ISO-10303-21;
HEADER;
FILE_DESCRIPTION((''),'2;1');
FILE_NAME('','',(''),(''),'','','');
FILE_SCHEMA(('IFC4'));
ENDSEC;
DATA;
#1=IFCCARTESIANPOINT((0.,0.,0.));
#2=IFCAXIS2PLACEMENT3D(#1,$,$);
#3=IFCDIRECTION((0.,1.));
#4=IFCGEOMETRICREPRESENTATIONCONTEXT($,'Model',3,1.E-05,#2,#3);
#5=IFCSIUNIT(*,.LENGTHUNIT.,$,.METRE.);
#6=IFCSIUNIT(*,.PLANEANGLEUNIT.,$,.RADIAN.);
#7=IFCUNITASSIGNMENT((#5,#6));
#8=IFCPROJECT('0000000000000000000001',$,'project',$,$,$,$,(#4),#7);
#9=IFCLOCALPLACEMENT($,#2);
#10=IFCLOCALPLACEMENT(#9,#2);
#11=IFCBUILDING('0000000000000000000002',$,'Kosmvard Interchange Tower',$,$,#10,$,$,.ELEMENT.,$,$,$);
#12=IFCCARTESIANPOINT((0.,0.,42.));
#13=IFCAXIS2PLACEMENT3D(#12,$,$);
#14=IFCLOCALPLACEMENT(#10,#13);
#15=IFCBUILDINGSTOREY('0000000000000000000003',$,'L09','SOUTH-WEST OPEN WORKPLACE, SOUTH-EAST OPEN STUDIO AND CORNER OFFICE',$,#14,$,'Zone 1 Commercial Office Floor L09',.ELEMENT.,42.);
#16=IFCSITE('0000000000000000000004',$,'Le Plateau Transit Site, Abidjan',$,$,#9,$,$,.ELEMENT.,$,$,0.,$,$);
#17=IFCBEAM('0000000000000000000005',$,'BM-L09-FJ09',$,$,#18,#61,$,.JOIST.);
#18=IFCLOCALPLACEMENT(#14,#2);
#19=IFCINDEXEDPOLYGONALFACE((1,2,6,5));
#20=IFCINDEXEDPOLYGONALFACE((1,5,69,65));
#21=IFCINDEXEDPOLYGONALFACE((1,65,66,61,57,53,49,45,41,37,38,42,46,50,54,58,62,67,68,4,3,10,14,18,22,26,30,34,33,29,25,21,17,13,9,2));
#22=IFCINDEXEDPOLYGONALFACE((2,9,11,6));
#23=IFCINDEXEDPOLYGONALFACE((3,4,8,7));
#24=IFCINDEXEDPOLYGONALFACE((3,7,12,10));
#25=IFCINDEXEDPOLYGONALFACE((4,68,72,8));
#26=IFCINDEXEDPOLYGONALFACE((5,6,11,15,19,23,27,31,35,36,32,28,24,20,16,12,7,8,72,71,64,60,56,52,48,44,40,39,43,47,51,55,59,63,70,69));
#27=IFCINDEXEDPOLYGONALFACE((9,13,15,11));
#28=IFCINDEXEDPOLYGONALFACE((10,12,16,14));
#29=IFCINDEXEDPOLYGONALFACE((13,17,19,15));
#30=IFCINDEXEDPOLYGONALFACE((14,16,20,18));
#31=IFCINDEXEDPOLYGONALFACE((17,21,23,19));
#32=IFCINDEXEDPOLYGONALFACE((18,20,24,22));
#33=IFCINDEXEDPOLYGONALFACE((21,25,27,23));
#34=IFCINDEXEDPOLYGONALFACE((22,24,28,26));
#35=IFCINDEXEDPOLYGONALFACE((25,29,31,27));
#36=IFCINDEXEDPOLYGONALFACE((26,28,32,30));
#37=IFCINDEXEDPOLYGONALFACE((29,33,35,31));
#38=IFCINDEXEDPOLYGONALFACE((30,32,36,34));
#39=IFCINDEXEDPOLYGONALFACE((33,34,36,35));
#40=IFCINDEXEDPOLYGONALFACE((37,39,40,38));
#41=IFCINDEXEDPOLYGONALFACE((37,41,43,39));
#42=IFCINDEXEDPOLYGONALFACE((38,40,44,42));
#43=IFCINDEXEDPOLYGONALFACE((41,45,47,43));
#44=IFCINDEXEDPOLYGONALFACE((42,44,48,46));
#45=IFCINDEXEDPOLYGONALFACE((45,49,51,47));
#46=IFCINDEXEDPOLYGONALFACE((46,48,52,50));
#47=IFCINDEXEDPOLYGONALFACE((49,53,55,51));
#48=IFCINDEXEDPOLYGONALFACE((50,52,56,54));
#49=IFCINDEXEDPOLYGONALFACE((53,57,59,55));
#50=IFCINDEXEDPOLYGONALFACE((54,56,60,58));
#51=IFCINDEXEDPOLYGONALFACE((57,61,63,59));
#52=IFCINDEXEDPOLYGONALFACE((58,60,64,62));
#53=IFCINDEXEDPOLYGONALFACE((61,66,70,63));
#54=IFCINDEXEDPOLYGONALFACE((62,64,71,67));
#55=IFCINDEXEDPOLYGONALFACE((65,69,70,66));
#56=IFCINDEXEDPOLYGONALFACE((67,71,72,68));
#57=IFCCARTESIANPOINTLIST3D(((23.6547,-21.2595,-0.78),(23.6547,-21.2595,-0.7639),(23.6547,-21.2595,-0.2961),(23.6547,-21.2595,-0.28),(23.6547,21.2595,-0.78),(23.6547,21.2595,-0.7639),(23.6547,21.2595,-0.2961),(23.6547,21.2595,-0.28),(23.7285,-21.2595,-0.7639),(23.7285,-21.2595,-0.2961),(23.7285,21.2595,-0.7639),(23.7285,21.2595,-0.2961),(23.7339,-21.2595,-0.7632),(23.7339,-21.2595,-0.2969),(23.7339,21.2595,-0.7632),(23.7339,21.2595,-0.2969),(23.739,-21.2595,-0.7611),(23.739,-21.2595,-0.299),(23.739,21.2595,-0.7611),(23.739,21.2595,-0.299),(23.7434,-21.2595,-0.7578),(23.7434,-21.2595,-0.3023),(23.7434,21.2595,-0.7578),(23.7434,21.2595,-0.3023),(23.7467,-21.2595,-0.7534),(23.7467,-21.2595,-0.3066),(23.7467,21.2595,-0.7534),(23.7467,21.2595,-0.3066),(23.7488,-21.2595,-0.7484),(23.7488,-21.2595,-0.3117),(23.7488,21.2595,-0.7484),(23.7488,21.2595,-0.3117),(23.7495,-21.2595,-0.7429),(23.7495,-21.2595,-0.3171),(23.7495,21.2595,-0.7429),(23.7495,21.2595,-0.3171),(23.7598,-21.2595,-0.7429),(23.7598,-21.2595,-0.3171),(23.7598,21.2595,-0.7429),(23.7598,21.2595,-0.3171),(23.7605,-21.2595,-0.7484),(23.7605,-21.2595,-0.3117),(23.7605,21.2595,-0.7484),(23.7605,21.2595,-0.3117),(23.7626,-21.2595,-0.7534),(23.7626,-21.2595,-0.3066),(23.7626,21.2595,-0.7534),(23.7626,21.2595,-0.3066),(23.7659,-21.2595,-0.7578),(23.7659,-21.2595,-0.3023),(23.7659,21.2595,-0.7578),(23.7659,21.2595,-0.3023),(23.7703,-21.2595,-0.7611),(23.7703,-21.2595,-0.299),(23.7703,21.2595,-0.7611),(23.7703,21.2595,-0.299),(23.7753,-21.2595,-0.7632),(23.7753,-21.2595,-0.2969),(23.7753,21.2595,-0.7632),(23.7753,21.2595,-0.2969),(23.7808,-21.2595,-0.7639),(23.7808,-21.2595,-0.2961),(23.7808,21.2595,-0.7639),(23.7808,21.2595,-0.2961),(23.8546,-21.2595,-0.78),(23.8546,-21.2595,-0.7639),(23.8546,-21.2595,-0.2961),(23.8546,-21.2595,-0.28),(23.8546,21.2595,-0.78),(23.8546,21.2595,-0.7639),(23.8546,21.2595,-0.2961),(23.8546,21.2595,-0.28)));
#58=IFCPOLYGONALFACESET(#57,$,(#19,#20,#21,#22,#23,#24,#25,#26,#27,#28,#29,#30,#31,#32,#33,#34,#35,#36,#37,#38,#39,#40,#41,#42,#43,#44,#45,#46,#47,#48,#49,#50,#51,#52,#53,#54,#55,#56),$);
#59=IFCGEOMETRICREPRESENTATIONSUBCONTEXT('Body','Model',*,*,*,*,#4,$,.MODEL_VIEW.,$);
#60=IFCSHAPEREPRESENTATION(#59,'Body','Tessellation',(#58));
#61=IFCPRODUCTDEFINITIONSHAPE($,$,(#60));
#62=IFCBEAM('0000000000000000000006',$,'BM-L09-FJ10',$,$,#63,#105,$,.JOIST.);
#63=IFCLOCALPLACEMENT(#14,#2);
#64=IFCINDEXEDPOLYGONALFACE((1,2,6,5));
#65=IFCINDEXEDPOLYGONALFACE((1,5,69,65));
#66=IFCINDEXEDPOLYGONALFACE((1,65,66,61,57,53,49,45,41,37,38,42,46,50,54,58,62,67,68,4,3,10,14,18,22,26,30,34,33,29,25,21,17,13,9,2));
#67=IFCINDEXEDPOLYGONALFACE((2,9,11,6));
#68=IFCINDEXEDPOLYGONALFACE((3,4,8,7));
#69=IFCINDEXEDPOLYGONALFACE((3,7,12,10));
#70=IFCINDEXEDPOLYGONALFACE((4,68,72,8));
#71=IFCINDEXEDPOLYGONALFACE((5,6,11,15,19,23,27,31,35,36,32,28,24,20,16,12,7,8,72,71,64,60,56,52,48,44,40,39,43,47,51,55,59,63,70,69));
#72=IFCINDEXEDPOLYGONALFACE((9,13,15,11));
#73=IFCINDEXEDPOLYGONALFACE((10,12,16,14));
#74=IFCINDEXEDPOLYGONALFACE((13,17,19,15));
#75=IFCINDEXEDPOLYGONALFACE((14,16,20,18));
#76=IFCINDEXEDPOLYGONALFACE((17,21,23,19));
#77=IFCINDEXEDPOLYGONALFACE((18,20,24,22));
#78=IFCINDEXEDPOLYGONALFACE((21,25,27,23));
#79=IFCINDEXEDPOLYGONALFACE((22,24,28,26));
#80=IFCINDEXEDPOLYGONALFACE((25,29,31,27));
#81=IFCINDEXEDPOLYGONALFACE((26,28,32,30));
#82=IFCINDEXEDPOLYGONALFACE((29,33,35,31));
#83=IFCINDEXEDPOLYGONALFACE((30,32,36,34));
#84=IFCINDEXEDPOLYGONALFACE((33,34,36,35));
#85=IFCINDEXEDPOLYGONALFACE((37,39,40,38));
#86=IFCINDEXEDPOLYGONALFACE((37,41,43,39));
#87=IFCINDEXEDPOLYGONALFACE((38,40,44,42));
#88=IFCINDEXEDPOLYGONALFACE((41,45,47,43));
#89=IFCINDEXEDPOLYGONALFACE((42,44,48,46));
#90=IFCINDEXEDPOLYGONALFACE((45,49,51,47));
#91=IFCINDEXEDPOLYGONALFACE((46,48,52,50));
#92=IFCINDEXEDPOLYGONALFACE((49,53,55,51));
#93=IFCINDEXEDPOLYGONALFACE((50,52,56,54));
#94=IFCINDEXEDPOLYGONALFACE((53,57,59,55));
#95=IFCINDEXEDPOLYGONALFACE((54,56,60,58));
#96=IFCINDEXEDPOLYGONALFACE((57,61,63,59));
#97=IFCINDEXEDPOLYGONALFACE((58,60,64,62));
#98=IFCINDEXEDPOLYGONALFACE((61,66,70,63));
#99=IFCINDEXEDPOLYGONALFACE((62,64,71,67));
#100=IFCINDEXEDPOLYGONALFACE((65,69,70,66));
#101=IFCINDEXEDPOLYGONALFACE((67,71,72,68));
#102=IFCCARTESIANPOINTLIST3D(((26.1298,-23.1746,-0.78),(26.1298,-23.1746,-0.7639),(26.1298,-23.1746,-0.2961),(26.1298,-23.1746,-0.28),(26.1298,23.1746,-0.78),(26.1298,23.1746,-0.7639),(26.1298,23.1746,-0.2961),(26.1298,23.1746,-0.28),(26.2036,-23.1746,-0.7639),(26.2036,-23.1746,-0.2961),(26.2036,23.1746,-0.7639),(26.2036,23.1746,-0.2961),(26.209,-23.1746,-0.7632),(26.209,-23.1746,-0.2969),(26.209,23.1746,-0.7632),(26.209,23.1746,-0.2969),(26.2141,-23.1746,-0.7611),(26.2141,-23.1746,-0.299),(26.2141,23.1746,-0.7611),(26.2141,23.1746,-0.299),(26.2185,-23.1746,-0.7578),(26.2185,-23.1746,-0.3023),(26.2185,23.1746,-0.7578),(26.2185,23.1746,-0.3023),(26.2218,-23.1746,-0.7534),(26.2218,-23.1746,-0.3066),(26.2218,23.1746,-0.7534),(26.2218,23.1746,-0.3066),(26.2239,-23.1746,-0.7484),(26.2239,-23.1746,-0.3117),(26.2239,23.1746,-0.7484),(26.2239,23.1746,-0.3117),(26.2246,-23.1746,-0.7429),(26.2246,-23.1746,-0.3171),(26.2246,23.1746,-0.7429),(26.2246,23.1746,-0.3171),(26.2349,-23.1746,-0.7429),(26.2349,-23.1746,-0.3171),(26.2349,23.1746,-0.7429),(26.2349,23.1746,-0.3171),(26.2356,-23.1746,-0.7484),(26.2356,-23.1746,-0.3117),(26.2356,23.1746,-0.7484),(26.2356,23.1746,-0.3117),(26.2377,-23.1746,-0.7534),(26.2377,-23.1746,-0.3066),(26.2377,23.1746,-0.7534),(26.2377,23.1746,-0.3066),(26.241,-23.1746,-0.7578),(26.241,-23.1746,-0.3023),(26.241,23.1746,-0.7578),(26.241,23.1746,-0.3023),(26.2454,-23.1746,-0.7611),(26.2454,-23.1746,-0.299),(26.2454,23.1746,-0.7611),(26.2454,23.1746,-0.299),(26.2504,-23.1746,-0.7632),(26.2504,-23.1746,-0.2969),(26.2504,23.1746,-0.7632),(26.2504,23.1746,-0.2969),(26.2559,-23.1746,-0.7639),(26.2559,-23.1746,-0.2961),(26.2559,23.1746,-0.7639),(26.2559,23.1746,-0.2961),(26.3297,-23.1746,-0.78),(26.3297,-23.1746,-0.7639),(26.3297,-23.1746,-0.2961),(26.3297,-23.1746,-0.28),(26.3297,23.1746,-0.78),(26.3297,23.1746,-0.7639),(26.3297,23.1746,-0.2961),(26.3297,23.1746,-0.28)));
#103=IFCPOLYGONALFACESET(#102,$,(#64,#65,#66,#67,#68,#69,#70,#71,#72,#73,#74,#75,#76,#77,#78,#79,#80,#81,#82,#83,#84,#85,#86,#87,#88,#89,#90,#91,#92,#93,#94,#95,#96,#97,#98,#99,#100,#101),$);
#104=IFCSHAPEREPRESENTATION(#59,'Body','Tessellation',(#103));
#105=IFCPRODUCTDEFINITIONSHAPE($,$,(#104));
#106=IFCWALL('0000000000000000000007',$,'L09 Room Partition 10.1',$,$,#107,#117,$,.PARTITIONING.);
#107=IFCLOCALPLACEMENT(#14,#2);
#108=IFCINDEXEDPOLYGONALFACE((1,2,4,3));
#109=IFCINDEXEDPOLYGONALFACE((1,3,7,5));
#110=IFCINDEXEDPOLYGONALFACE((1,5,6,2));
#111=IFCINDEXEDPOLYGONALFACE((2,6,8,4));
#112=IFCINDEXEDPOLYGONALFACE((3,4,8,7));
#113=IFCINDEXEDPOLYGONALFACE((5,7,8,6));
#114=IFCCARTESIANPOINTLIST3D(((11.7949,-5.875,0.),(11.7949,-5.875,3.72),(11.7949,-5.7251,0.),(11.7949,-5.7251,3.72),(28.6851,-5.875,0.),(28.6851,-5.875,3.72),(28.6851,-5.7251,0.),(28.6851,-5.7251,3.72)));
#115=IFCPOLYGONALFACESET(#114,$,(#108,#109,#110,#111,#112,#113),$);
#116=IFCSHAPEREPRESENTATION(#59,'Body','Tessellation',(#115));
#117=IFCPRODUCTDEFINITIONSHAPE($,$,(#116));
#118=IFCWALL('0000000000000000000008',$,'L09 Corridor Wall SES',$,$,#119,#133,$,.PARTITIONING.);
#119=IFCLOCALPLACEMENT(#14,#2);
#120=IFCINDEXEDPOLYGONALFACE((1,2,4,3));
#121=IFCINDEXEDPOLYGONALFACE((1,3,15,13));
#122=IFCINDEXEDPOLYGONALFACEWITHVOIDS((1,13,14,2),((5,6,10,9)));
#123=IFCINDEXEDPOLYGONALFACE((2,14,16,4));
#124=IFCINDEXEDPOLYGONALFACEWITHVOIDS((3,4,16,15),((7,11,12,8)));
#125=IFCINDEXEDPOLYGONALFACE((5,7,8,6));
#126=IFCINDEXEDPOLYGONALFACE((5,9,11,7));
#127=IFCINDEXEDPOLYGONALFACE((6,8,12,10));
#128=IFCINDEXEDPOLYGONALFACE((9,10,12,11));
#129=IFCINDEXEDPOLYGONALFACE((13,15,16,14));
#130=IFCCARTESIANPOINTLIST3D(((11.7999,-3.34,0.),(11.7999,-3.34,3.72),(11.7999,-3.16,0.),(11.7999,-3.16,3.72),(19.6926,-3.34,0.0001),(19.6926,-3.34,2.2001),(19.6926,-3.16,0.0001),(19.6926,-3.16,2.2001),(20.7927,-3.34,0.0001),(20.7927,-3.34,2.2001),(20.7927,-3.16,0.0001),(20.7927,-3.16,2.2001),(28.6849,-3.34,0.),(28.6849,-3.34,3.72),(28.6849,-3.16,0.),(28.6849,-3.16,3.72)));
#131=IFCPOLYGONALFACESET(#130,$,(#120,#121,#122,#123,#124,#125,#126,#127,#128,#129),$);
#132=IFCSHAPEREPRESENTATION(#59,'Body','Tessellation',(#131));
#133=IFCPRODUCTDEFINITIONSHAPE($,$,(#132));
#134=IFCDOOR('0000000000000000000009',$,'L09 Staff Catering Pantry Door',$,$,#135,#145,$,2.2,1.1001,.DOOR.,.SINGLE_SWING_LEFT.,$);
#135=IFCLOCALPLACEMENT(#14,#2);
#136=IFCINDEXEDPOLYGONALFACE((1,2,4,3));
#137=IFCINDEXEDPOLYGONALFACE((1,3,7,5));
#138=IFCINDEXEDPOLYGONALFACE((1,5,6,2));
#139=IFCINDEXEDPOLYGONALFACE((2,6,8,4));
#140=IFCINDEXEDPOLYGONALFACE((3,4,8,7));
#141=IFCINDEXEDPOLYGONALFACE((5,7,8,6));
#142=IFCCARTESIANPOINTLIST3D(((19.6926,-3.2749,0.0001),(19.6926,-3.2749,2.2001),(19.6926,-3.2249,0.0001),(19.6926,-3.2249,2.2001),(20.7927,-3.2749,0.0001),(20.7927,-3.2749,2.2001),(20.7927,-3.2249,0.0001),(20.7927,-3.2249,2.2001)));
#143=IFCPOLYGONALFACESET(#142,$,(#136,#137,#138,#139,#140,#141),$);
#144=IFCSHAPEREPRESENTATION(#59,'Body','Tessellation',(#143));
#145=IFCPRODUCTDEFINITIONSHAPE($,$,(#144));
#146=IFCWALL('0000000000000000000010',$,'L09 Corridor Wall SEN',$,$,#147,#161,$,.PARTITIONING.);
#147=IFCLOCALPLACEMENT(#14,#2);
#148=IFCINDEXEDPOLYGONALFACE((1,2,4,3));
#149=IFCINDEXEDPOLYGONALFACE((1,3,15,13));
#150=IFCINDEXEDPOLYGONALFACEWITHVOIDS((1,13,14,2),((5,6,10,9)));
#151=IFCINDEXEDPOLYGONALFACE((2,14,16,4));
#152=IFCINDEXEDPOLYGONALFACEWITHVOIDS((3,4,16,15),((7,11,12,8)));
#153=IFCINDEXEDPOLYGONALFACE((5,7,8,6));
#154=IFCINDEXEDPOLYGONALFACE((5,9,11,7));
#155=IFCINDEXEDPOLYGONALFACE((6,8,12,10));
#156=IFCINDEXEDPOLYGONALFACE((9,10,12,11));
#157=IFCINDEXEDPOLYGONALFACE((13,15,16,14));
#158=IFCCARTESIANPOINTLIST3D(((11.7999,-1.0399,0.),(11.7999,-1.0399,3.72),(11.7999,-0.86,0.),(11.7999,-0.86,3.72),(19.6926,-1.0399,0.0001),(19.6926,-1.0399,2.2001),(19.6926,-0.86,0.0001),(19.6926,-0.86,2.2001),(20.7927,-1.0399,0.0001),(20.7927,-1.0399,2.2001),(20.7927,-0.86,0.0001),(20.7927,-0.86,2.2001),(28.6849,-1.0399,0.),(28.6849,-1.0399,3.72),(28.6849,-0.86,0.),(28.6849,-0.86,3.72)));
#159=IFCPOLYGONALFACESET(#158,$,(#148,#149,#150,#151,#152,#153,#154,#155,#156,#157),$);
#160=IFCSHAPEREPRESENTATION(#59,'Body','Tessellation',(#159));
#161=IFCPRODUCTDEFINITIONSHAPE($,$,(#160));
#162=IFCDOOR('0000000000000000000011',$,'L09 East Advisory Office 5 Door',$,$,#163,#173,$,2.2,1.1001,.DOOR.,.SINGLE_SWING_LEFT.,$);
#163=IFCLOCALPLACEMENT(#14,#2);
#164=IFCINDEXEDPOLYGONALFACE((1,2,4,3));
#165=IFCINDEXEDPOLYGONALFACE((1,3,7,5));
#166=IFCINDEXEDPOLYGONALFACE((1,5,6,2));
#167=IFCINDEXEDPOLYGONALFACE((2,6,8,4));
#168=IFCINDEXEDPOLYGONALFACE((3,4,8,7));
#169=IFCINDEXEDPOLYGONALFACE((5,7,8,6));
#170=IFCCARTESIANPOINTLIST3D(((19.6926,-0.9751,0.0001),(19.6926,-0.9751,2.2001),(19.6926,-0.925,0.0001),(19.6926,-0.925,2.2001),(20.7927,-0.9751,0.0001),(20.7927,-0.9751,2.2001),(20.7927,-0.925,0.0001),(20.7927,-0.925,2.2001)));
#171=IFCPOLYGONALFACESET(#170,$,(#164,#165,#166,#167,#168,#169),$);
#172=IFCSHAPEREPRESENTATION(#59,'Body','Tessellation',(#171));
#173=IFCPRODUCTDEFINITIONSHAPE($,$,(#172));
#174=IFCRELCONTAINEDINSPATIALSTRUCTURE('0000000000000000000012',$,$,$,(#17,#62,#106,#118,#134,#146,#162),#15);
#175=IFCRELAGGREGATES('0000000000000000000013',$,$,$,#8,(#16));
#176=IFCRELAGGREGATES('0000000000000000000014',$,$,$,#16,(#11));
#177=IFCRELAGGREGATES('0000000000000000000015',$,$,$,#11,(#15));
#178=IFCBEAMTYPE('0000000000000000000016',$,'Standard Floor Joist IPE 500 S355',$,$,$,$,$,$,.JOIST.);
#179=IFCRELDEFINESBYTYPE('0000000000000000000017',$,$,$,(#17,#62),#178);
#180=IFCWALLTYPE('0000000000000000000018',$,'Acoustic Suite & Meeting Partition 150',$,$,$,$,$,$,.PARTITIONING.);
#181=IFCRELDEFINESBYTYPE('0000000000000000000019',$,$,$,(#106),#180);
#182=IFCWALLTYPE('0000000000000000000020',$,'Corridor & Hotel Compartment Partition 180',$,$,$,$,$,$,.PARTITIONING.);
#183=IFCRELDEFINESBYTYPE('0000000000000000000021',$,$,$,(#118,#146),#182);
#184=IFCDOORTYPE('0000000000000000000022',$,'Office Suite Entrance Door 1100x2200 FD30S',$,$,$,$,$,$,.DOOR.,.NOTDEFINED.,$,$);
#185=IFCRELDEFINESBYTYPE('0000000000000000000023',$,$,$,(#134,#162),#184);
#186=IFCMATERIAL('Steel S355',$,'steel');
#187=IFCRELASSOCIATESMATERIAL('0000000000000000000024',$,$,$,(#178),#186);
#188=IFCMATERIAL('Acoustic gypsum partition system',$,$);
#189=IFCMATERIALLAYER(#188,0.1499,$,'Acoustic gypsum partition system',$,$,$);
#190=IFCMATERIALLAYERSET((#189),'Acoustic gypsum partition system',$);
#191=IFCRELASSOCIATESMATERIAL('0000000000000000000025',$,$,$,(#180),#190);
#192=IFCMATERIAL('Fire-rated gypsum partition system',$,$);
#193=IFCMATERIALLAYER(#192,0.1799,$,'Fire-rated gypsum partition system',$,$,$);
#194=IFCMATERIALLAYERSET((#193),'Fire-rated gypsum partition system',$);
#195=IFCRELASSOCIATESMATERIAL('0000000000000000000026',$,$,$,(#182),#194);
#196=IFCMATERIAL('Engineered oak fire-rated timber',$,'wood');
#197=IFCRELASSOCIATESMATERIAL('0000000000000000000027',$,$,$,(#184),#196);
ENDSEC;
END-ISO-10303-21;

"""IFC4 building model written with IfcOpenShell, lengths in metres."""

from ifc_helpers import new_model, si_unit, direction, frame, frame_2d, origin, origin_2d, place, context, subcontext, project, spatial, rectangle, i_section, extrude, source, transform, mapped, material, layer, layer_set, material_profile, profile_set, type_object, element, fill, save


model = new_model("IFC4")

# Units and contexts
model_context = context("Model", 3, precision=1e-05, world=origin(), true_north=direction((0.0, 1.0)))
body_context = subcontext(model_context, "Body", "Model", "MODEL_VIEW")
ifc_project = project(units=[si_unit("LENGTHUNIT", "METRE"), si_unit("PLANEANGLEUNIT", "RADIAN")], contexts=[model_context])

# Site, building, storey
site_placement = place(None, origin())
site = spatial("IfcSite", under=ifc_project, at=site_placement, Name="Le Plateau Transit Site, Abidjan", CompositionType="ELEMENT", RefElevation=0.0)
building_placement = place(site_placement, origin())
building = spatial("IfcBuilding", under=site, at=building_placement, Name="Kosmvard Interchange Tower", CompositionType="ELEMENT")
storey_placement = place(building_placement, frame((0.0, 0.0, 42.0)))
storey = spatial("IfcBuildingStorey", under=building, at=storey_placement, Name="L09", Description="SOUTH-WEST OPEN WORKPLACE, SOUTH-EAST OPEN STUDIO AND CORNER OFFICE", LongName="Zone 1 Commercial Office Floor L09", CompositionType="ELEMENT", Elevation=42.0)

# Beams
ifc_material_1 = material(Name="Steel S355", Category="steel")
ifc_material_profile_1 = material_profile(ifc_material_1, i_section(OverallWidth=0.2, OverallDepth=0.5, WebThickness=0.0103, FlangeThickness=0.0161, FilletRadius=0.021, at=origin_2d()), Name="IPE 500")
ifc_profile_set_1 = profile_set([ifc_material_profile_1], Name="Steel S355")
beam_type_1 = type_object("IfcBeamType", Name="Standard Floor Joist IPE 500 S355", PredefinedType="JOIST", material=ifc_profile_set_1)
shared_shape_1 = source(origin(), body_context, "Body", "SweptSolid", [
    extrude(i_section(OverallWidth=0.2, OverallDepth=0.5, WebThickness=0.0103, FlangeThickness=0.0161, FilletRadius=0.021, at=origin_2d()), origin(), (0.0, 0.0, 1.0), 42.519),
])
beam_1_placement = place(storey_placement, frame((23.7546, -21.2595, -0.53), z_axis=(0.0, 1.0, 0.0), x_axis=(-1.0, 0.0, 0.0)))
element("IfcBeam", 1, at=beam_1_placement, inside=storey, type_object=beam_type_1, Name="BM-L09-FJ09", PredefinedType="JOIST", context=body_context, shape_type="MappedRepresentation", body=[
    mapped(shared_shape_1, transform((0.0, 0.0, 0.0), scale=1.0)),
])
shared_shape_2 = source(origin(), body_context, "Body", "SweptSolid", [
    extrude(i_section(OverallWidth=0.2, OverallDepth=0.5, WebThickness=0.0103, FlangeThickness=0.0161, FilletRadius=0.021, at=origin_2d()), origin(), (0.0, 0.0, 1.0), 46.3491),
])
beam_2_placement = place(storey_placement, frame((26.2297, -23.1746, -0.53), z_axis=(0.0, 1.0, 0.0), x_axis=(-1.0, 0.0, 0.0)))
element("IfcBeam", 2, at=beam_2_placement, inside=storey, type_object=beam_type_1, Name="BM-L09-FJ10", PredefinedType="JOIST", context=body_context, shape_type="MappedRepresentation", body=[
    mapped(shared_shape_2, transform((0.0, 0.0, 0.0), scale=1.0)),
])

# Wall
ifc_material_2 = material(Name="Acoustic gypsum partition system")
ifc_layer_1 = layer(ifc_material_2, 0.1499, Name="Acoustic gypsum partition system")
ifc_layer_set_1 = layer_set([ifc_layer_1], Name="Acoustic gypsum partition system")
wall_type_1 = type_object("IfcWallType", Name="Acoustic Suite & Meeting Partition 150", PredefinedType="PARTITIONING", material=ifc_layer_set_1)
wall_1_placement = place(storey_placement, frame((11.7949, -5.8, 0.0), z_axis=(0.0, 0.0, 1.0), x_axis=(1.0, 0.0, 0.0)))
element("IfcWall", 3, at=wall_1_placement, inside=storey, type_object=wall_type_1, Name="L09 Room Partition 10.1", PredefinedType="PARTITIONING", context=body_context, shape_type="SweptSolid", body=[
    extrude(rectangle(XDim=16.8901, YDim=0.1499, at=frame_2d((8.4451, 0.0))), origin(), (0.0, 0.0, 1.0), 3.72),
])

# Walls, openings, doors
ifc_material_3 = material(Name="Fire-rated gypsum partition system")
ifc_layer_2 = layer(ifc_material_3, 0.1799, Name="Fire-rated gypsum partition system")
ifc_layer_set_2 = layer_set([ifc_layer_2], Name="Fire-rated gypsum partition system")
wall_type_2 = type_object("IfcWallType", Name="Corridor & Hotel Compartment Partition 180", PredefinedType="PARTITIONING", material=ifc_layer_set_2)
wall_2_placement = place(storey_placement, frame((11.8, -3.25, 0.0), z_axis=(0.0, 0.0, 1.0), x_axis=(1.0, 0.0, 0.0)))
wall_2 = element("IfcWall", 4, at=wall_2_placement, inside=storey, type_object=wall_type_2, Name="L09 Corridor Wall SES", PredefinedType="PARTITIONING", context=body_context, shape_type="SweptSolid", body=[
    extrude(rectangle(XDim=16.885, YDim=0.1799, at=frame_2d((8.4424, 0.0))), origin(), (0.0, 0.0, 1.0), 3.72),
])
opening_1_placement = place(wall_2_placement, frame((7.8926, 0.0, 0.0)))
opening_1 = element("IfcOpeningElement", 5, at=opening_1_placement, cuts=wall_2, PredefinedType="OPENING", context=body_context, shape_type="SweptSolid", body=[
    extrude(rectangle(XDim=1.1001, YDim=2.2, at=frame_2d((0.55, 1.1001))), frame((0.0, 0.1001, 0.0), z_axis=(0.0, -1.0, 0.0), x_axis=(1.0, 0.0, 0.0)), (0.0, 0.0, 1.0), 0.2),
])
ifc_material_4 = material(Name="Engineered oak fire-rated timber", Category="wood")
door_type = type_object("IfcDoorType", Name="Office Suite Entrance Door 1100x2200 FD30S", OperationType="NOTDEFINED", PredefinedType="DOOR", material=ifc_material_4)
shared_shape_3 = source(origin(), body_context, "Body", "SweptSolid", [
    extrude(rectangle(XDim=1.1001, YDim=2.2, at=frame_2d((0.55, 1.1001))), frame((0.0, 0.0249, 0.0), z_axis=(0.0, -1.0, 0.0), x_axis=(1.0, 0.0, 0.0)), (0.0, 0.0, 1.0), 0.05),
])
door_1_placement = place(opening_1_placement, frame((1.1001, 0.0, 0.0), z_axis=(0.0, 0.0, 1.0), x_axis=(-1.0, 0.0, 0.0)))
door_1 = element("IfcDoor", 6, at=door_1_placement, inside=storey, type_object=door_type, Name="L09 Staff Catering Pantry Door", OperationType="SINGLE_SWING_LEFT", OverallHeight=2.2, OverallWidth=1.1001, PredefinedType="DOOR", context=body_context, shape_type="MappedRepresentation", body=[
    mapped(shared_shape_3, transform((0.0, 0.0, 0.0), scale=1.0)),
])
fill(opening_1, door_1)
wall_3_placement = place(storey_placement, frame((11.8, -0.95, 0.0), z_axis=(0.0, 0.0, 1.0), x_axis=(1.0, 0.0, 0.0)))
wall_3 = element("IfcWall", 7, at=wall_3_placement, inside=storey, type_object=wall_type_2, Name="L09 Corridor Wall SEN", PredefinedType="PARTITIONING", context=body_context, shape_type="SweptSolid", body=[
    extrude(rectangle(XDim=16.885, YDim=0.1799, at=frame_2d((8.4424, 0.0))), origin(), (0.0, 0.0, 1.0), 3.72),
])
opening_2_placement = place(wall_3_placement, frame((7.8926, 0.0, 0.0)))
opening_2 = element("IfcOpeningElement", 8, at=opening_2_placement, cuts=wall_3, PredefinedType="OPENING", context=body_context, shape_type="SweptSolid", body=[
    extrude(rectangle(XDim=1.1001, YDim=2.2, at=frame_2d((0.55, 1.1001))), frame((0.0, 0.1001, 0.0), z_axis=(0.0, -1.0, 0.0), x_axis=(1.0, 0.0, 0.0)), (0.0, 0.0, 1.0), 0.2),
])
door_2_placement = place(opening_2_placement, origin())
door_2 = element("IfcDoor", 9, at=door_2_placement, inside=storey, type_object=door_type, Name="L09 East Advisory Office 5 Door", OperationType="SINGLE_SWING_LEFT", OverallHeight=2.2, OverallWidth=1.1001, PredefinedType="DOOR", context=body_context, shape_type="MappedRepresentation", body=[
    mapped(shared_shape_3, transform((0.0, 0.0, 0.0), scale=1.0)),
])
fill(opening_2, door_2)

save(model, "model.ifc")
